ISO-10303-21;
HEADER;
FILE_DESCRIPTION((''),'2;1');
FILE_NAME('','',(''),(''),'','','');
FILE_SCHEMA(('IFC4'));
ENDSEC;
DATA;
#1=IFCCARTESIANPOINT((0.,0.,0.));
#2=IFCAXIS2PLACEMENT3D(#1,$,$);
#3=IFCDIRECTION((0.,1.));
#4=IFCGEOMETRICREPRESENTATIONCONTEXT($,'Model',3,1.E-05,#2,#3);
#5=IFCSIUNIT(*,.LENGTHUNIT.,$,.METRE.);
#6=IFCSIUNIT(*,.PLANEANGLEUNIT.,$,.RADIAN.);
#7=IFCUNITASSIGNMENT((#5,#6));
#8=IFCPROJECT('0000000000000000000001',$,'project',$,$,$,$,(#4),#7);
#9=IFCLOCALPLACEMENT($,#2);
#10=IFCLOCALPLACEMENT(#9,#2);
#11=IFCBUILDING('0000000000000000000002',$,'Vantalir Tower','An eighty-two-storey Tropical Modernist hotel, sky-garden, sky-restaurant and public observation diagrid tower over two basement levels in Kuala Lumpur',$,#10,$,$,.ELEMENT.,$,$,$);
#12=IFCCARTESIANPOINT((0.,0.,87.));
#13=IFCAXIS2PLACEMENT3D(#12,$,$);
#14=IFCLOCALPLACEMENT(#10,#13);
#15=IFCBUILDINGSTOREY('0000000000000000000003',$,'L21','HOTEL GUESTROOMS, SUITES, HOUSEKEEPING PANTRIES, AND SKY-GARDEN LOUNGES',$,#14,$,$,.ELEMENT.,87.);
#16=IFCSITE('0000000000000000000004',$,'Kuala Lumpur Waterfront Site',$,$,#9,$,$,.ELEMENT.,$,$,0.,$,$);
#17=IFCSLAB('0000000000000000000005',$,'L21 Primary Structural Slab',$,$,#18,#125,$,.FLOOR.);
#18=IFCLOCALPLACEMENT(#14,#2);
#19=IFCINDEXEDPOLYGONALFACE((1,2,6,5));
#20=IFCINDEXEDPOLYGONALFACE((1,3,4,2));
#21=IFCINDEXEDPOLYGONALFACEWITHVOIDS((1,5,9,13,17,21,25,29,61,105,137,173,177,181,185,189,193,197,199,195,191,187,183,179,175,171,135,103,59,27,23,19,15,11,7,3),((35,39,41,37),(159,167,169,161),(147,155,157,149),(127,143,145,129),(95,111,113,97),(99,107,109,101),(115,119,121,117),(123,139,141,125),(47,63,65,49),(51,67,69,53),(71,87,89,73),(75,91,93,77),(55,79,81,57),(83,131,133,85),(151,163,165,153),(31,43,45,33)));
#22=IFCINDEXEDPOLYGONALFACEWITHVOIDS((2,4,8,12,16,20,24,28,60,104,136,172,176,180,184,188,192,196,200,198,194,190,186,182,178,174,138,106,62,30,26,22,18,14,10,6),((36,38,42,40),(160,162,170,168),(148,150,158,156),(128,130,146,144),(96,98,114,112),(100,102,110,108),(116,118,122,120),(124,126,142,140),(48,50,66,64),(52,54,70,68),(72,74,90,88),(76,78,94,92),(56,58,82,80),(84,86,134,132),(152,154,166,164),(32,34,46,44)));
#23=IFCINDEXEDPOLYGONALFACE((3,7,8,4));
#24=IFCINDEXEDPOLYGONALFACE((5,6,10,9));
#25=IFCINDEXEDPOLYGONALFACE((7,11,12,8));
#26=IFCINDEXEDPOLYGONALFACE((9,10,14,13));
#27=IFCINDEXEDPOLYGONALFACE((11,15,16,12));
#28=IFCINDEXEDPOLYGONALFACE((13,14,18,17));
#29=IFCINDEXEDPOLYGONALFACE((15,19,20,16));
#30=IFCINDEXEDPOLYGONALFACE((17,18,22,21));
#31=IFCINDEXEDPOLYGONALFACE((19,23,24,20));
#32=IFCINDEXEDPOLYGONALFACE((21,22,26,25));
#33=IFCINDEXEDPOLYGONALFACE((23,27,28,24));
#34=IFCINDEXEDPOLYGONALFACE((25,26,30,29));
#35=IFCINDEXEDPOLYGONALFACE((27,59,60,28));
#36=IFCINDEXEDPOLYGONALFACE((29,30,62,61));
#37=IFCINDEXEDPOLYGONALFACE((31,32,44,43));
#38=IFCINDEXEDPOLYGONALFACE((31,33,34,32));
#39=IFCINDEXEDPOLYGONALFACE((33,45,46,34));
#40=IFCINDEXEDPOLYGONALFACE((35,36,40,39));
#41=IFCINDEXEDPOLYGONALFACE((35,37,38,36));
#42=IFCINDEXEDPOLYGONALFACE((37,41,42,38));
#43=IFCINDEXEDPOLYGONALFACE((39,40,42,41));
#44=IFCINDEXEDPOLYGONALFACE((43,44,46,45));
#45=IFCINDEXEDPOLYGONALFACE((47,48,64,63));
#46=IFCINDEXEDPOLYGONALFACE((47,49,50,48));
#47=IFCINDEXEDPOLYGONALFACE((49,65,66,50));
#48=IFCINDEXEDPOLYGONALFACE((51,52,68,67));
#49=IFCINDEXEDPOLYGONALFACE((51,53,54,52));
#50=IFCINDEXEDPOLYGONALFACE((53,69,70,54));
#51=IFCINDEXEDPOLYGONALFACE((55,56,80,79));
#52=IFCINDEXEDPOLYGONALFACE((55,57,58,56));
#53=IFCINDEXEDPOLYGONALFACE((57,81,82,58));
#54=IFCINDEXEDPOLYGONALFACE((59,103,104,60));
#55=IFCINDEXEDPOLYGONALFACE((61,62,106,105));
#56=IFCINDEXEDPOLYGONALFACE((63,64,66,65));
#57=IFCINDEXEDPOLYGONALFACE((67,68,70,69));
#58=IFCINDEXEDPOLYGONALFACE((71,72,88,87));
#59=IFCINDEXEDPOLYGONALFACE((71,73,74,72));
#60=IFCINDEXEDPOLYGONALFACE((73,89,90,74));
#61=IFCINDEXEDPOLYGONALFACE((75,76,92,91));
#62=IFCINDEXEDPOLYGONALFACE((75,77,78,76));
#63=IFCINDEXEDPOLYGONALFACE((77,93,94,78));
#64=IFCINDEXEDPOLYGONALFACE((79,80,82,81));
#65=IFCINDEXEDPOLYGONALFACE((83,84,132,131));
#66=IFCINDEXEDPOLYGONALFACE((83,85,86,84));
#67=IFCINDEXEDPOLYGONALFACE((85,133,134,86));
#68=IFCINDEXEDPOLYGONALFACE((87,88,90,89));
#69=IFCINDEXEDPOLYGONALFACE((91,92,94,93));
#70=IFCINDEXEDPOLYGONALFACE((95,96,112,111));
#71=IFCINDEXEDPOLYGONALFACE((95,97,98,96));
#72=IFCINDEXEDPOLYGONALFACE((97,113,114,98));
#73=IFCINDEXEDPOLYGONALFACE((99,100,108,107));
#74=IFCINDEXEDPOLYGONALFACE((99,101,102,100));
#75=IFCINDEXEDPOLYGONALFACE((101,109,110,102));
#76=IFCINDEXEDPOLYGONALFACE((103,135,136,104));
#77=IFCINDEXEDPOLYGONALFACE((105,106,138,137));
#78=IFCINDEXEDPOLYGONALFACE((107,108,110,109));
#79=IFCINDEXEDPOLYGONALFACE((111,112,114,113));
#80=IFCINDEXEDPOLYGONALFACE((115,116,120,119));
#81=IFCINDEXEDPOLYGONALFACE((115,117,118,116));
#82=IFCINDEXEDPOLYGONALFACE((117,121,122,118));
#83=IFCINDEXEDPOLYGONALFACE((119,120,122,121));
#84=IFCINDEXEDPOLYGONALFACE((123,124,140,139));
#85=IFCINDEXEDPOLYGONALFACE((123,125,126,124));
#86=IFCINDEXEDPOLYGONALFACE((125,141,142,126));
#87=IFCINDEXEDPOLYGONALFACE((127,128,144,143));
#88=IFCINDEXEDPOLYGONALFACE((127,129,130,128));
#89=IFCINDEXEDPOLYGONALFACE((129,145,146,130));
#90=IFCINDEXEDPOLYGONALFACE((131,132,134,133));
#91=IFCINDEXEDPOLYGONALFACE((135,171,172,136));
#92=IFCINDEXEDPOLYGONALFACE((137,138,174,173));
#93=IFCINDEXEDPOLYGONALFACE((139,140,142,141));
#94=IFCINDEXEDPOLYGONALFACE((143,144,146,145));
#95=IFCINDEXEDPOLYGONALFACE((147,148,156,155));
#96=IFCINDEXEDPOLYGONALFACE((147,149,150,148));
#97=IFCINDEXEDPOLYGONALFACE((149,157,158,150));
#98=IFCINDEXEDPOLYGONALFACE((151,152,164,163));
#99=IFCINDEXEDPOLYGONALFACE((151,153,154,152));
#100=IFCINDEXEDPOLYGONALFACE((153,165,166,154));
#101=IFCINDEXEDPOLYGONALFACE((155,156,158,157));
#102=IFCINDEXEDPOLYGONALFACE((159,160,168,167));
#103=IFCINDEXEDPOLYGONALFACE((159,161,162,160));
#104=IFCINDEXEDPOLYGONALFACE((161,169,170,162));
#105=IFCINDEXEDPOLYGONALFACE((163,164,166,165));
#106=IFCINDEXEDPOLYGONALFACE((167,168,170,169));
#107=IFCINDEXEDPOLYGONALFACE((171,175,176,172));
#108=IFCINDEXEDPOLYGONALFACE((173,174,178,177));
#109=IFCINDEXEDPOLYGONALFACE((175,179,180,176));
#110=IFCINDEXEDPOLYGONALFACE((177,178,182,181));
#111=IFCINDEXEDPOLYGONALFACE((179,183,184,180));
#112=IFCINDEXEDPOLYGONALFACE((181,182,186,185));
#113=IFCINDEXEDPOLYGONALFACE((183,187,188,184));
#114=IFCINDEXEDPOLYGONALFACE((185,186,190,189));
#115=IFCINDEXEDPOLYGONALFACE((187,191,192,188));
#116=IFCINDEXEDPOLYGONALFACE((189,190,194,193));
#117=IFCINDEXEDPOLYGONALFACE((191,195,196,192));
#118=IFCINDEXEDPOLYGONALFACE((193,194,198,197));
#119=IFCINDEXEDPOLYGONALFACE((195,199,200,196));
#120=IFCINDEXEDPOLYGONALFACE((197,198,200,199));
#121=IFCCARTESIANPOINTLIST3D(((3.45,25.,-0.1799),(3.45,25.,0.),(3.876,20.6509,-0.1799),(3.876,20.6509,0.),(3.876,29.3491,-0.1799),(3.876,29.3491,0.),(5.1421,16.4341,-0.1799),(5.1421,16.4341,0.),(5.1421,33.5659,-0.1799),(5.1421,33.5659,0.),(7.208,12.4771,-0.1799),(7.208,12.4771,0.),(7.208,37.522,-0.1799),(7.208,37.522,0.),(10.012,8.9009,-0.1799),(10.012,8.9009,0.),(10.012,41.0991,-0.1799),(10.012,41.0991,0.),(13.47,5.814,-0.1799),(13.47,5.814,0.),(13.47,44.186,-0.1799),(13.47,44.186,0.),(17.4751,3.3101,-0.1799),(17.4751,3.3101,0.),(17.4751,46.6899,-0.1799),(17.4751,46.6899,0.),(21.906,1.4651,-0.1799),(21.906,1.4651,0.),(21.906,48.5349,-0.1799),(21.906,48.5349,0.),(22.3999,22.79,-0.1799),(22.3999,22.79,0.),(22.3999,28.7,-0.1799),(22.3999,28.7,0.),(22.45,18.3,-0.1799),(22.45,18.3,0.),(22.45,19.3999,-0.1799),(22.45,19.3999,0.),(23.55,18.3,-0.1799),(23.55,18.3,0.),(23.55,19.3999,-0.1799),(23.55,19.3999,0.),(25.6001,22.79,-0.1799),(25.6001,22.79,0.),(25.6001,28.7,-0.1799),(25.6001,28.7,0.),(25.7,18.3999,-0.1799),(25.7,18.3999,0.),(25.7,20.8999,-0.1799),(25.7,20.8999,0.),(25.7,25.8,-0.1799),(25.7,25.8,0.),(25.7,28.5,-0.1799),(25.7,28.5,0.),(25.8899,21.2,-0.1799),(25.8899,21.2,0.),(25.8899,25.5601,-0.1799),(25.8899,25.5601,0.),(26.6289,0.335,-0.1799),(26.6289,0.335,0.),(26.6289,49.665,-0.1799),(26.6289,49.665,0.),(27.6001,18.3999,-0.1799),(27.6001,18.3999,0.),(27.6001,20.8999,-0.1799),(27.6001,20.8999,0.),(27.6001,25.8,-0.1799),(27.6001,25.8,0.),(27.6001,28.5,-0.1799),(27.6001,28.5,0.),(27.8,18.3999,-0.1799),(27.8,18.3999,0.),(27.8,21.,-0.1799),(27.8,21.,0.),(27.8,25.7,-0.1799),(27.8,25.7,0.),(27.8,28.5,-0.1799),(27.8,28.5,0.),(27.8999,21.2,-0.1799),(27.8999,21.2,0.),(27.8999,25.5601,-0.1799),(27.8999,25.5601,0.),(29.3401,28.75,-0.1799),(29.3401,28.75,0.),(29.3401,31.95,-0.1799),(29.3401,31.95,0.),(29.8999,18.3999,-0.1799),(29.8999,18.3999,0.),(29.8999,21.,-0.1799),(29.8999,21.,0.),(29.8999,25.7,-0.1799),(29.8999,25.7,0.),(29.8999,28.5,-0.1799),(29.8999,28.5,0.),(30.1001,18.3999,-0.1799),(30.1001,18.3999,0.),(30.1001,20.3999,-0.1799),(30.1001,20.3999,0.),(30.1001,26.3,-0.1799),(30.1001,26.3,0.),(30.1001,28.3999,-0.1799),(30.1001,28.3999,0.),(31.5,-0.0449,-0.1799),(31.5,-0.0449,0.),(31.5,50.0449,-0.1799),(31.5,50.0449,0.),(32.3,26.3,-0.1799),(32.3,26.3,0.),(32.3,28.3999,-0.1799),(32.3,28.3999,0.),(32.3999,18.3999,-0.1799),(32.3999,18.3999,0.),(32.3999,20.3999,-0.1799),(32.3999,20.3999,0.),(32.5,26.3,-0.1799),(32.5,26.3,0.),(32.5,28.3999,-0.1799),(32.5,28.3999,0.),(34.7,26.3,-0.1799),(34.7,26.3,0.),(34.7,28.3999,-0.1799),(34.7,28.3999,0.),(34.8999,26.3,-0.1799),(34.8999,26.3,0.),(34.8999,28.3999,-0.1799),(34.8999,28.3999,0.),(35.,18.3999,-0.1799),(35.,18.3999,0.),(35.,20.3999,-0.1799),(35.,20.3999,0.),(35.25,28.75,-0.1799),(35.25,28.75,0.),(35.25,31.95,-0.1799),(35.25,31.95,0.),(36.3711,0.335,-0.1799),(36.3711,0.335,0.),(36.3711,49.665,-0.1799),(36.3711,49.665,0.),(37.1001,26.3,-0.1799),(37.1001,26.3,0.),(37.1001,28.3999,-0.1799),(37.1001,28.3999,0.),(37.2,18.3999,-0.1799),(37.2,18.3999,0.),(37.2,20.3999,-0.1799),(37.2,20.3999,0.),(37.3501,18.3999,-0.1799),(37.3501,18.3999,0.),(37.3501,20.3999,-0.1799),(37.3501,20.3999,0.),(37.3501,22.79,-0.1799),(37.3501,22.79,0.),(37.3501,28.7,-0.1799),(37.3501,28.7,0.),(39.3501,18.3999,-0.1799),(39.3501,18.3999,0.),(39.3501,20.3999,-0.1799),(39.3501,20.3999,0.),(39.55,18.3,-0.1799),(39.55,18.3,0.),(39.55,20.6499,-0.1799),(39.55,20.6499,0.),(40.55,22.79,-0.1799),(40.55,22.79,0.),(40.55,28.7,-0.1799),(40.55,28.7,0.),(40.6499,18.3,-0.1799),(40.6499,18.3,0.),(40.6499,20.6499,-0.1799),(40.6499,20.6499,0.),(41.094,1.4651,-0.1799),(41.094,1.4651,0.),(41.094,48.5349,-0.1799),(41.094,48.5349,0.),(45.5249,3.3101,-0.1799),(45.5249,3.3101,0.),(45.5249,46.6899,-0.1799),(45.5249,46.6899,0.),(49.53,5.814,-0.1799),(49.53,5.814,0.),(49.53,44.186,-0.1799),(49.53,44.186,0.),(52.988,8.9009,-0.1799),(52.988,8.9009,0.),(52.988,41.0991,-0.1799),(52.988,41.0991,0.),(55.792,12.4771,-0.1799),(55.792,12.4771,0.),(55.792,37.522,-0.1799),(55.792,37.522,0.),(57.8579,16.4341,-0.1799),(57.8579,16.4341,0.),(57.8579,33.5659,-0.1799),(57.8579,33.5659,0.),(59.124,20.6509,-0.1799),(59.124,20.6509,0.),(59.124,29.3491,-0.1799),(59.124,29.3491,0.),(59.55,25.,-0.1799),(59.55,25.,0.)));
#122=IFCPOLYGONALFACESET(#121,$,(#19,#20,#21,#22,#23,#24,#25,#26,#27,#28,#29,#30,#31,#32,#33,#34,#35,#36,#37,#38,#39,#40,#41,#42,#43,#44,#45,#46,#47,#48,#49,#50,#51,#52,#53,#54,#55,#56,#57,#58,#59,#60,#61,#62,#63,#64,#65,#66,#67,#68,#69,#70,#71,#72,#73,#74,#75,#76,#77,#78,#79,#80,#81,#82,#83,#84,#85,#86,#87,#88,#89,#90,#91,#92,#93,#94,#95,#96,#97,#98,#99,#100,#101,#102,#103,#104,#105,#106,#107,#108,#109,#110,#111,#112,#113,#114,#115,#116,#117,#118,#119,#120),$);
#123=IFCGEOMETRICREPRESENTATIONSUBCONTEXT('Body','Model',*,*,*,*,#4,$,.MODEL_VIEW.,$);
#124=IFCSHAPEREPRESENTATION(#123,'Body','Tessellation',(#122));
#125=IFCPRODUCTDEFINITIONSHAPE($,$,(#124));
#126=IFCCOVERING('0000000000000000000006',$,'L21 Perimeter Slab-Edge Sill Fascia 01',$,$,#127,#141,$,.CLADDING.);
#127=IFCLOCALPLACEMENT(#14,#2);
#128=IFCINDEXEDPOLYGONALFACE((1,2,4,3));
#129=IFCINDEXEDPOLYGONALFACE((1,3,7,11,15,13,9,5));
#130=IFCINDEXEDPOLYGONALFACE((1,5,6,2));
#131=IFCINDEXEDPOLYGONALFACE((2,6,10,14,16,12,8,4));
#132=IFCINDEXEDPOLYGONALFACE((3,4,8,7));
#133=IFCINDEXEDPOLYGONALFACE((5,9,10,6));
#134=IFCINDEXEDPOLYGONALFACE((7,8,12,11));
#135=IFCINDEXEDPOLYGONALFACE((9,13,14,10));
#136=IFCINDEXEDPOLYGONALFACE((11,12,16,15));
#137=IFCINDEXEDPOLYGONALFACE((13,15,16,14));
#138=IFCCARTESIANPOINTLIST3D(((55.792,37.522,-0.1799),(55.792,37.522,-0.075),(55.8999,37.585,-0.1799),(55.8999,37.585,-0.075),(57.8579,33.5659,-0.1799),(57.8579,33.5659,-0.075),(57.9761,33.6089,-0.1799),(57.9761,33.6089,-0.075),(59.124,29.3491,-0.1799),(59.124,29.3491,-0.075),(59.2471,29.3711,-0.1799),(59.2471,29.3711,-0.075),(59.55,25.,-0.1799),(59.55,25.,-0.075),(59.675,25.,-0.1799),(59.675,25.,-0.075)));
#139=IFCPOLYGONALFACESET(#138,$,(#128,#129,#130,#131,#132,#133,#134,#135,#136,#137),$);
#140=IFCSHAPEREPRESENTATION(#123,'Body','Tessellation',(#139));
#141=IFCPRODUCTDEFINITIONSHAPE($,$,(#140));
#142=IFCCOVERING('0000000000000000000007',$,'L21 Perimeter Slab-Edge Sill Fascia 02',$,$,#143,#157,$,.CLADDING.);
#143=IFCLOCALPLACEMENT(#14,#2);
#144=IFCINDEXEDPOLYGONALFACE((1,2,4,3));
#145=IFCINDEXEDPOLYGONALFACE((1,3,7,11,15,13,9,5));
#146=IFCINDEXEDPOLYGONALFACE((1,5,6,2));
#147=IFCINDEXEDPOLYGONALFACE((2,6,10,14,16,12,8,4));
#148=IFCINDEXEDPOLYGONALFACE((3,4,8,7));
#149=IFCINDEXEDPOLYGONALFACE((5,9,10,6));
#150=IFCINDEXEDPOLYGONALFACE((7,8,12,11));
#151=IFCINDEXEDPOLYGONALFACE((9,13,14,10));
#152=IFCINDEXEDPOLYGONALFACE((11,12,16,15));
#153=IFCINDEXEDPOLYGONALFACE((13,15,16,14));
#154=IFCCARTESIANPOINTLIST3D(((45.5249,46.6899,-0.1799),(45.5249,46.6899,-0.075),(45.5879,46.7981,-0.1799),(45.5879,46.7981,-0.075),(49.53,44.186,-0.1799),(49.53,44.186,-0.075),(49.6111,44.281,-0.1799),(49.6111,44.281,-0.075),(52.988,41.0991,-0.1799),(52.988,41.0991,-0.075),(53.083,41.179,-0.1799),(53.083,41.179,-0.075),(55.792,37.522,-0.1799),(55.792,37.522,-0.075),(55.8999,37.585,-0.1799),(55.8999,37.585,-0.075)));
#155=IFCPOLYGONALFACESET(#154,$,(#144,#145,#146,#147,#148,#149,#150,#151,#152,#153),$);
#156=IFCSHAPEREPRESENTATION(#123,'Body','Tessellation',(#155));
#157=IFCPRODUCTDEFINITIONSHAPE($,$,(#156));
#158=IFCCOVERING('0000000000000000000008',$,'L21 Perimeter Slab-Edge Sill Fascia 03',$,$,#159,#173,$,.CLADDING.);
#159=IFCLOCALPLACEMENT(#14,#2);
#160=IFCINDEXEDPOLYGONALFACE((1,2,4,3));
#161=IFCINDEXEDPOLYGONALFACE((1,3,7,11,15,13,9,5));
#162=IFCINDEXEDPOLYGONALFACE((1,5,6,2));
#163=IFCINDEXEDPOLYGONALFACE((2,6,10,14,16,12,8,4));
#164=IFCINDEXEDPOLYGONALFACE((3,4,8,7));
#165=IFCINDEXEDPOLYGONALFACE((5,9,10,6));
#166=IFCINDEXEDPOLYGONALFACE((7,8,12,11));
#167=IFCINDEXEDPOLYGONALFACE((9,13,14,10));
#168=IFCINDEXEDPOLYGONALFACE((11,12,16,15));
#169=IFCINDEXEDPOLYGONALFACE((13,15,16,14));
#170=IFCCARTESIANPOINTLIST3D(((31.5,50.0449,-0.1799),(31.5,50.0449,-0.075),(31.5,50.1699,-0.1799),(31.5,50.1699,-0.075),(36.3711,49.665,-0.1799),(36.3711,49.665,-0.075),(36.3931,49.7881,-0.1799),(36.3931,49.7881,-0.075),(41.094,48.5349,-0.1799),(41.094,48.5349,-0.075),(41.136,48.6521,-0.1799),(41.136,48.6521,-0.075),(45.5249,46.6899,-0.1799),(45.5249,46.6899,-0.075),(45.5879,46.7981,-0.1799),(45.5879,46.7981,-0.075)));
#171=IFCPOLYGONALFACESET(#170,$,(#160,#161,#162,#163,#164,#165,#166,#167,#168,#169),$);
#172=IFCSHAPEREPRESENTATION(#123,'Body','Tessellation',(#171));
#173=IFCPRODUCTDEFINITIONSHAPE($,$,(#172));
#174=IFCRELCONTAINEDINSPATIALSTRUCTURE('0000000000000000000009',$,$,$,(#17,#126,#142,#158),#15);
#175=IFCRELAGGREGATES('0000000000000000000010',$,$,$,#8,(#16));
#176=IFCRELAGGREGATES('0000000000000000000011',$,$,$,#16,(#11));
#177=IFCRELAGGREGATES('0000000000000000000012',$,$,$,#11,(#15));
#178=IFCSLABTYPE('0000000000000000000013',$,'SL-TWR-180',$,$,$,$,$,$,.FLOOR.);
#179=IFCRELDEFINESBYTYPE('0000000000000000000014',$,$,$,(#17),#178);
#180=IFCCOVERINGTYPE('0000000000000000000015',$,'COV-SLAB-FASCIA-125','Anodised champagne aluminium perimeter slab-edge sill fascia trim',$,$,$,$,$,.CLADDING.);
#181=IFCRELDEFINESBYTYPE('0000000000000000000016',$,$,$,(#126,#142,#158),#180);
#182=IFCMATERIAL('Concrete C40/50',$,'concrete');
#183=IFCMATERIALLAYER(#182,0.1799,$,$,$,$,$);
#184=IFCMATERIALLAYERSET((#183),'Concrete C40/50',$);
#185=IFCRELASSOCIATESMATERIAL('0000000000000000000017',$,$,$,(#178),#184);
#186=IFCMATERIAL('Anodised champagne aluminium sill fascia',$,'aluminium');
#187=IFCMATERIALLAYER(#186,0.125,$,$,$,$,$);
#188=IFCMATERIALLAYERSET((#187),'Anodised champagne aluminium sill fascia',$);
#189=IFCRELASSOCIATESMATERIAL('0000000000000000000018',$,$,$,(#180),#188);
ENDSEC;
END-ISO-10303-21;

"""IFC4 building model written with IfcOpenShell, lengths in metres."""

from ifc_helpers import new_model, si_unit, direction, frame, origin, place, context, subcontext, project, spatial, polyline, outline, extrude, material, layer, layer_set, type_object, element, save


model = new_model("IFC4")

# Units and contexts
model_context = context("Model", 3, precision=1e-05, world=origin(), true_north=direction((0.0, 1.0)))
body_context = subcontext(model_context, "Body", "Model", "MODEL_VIEW")
ifc_project = project(units=[si_unit("LENGTHUNIT", "METRE"), si_unit("PLANEANGLEUNIT", "RADIAN")], contexts=[model_context])

# Site, building, storey
site_placement = place(None, origin())
site = spatial("IfcSite", under=ifc_project, at=site_placement, Name="Kuala Lumpur Waterfront Site", CompositionType="ELEMENT", RefElevation=0.0)
building_placement = place(site_placement, origin())
building = spatial("IfcBuilding", under=site, at=building_placement, Name="Vantalir Tower", Description="An eighty-two-storey Tropical Modernist hotel, sky-garden, sky-restaurant and public observation diagrid tower over two basement levels in Kuala Lumpur", CompositionType="ELEMENT")
storey_placement = place(building_placement, frame((0.0, 0.0, 87.0)))
storey = spatial("IfcBuildingStorey", under=building, at=storey_placement, Name="L21", Description="HOTEL GUESTROOMS, SUITES, HOUSEKEEPING PANTRIES, AND SKY-GARDEN LOUNGES", CompositionType="ELEMENT", Elevation=87.0)

# Shared definitions
ifc_material_1 = material(Name="Concrete C40/50", Category="concrete")

# Slab
ifc_layer_1 = layer(ifc_material_1, 0.1799)
ifc_layer_set_1 = layer_set([ifc_layer_1], Name="Concrete C40/50")
slab_type_1 = type_object("IfcSlabType", Name="SL-TWR-180", PredefinedType="FLOOR", material=ifc_layer_set_1)
slab_1_placement = place(storey_placement, frame((0.0, 0.0, -0.1799)))
element("IfcSlab", 1, at=slab_1_placement, inside=storey, type_object=slab_type_1, Name="L21 Primary Structural Slab", PredefinedType="FLOOR", context=body_context, shape_type="SweptSolid", body=[
    extrude(outline(polyline([(7.208, 12.4771), (10.012, 8.9009), (13.47, 5.814), (17.4751, 3.3101), (21.906, 1.4651), (26.6289, 0.335), (31.5, -0.0449), (36.3711, 0.335), (41.094, 1.4651), (45.5249, 3.3101), (49.53, 5.814), (52.988, 8.9009), (55.792, 12.4771), (57.8579, 16.4341), (59.124, 20.6509), (59.55, 25.0), (59.124, 29.3491), (57.8579, 33.5659), (55.792, 37.522), (52.988, 41.0991), (49.53, 44.186), (45.5249, 46.6899), (41.094, 48.5349), (36.3711, 49.665), (31.5, 50.0449), (26.6289, 49.665), (21.906, 48.5349), (17.4751, 46.6899), (13.47, 44.186), (10.012, 41.0991), (7.208, 37.522), (5.1421, 33.5659), (3.876, 29.3491), (3.45, 25.0), (3.876, 20.6509), (5.1421, 16.4341), (7.208, 12.4771)]), holes=[polyline([(22.3999, 22.79), (22.3999, 28.7), (25.6001, 28.7), (25.6001, 22.79), (22.3999, 22.79)]), polyline([(37.3501, 28.7), (40.55, 28.7), (40.55, 22.79), (37.3501, 22.79), (37.3501, 28.7)]), polyline([(35.25, 28.75), (29.3401, 28.75), (29.3401, 31.95), (35.25, 31.95), (35.25, 28.75)]), polyline([(27.6001, 18.3999), (25.7, 18.3999), (25.7, 20.8999), (27.6001, 20.8999), (27.6001, 18.3999)]), polyline([(25.7, 25.8), (25.7, 28.5), (27.6001, 28.5), (27.6001, 25.8), (25.7, 25.8)]), polyline([(27.8, 21.0), (29.8999, 21.0), (29.8999, 18.3999), (27.8, 18.3999), (27.8, 21.0)]), polyline([(29.8999, 28.5), (29.8999, 25.7), (27.8, 25.7), (27.8, 28.5), (29.8999, 28.5)]), polyline([(32.3999, 18.3999), (30.1001, 18.3999), (30.1001, 20.3999), (32.3999, 20.3999), (32.3999, 18.3999)]), polyline([(37.3501, 18.3999), (37.3501, 20.3999), (39.3501, 20.3999), (39.3501, 18.3999), (37.3501, 18.3999)]), polyline([(35.0, 20.3999), (37.2, 20.3999), (37.2, 18.3999), (35.0, 18.3999), (35.0, 20.3999)]), polyline([(32.3, 28.3999), (32.3, 26.3), (30.1001, 26.3), (30.1001, 28.3999), (32.3, 28.3999)]), polyline([(34.7, 26.3), (32.5, 26.3), (32.5, 28.3999), (34.7, 28.3999), (34.7, 26.3)]), polyline([(34.8999, 26.3), (34.8999, 28.3999), (37.1001, 28.3999), (37.1001, 26.3), (34.8999, 26.3)]), polyline([(25.8899, 25.5601), (27.8999, 25.5601), (27.8999, 21.2), (25.8899, 21.2), (25.8899, 25.5601)]), polyline([(23.55, 19.3999), (23.55, 18.3), (22.45, 18.3), (22.45, 19.3999), (23.55, 19.3999)]), polyline([(40.6499, 18.3), (39.55, 18.3), (39.55, 20.6499), (40.6499, 20.6499), (40.6499, 18.3)])]), origin(), (0.0, 0.0, 1.0), 0.1799),
])

# Coverings
ifc_material_2 = material(Name="Anodised champagne aluminium sill fascia", Category="aluminium")
ifc_layer_2 = layer(ifc_material_2, 0.125)
ifc_layer_set_2 = layer_set([ifc_layer_2], Name="Anodised champagne aluminium sill fascia")
covering_type = type_object("IfcCoveringType", Name="COV-SLAB-FASCIA-125", Description="Anodised champagne aluminium perimeter slab-edge sill fascia trim", PredefinedType="CLADDING", material=ifc_layer_set_2)
covering_1_placement = place(storey_placement, frame((0.0, 0.0, -0.1799)))
element("IfcCovering", 2, at=covering_1_placement, inside=storey, type_object=covering_type, Name="L21 Perimeter Slab-Edge Sill Fascia 01", PredefinedType="CLADDING", context=body_context, shape_type="SweptSolid", body=[
    extrude(outline(polyline([(59.675, 25.0), (59.2471, 29.3711), (57.9761, 33.6089), (55.8999, 37.585), (55.792, 37.522), (57.8579, 33.5659), (59.124, 29.3491), (59.55, 25.0), (59.675, 25.0)])), origin(), (0.0, 0.0, 1.0), 0.105),
])
covering_2_placement = place(storey_placement, frame((0.0, 0.0, -0.1799)))
element("IfcCovering", 3, at=covering_2_placement, inside=storey, type_object=covering_type, Name="L21 Perimeter Slab-Edge Sill Fascia 02", PredefinedType="CLADDING", context=body_context, shape_type="SweptSolid", body=[
    extrude(outline(polyline([(55.8999, 37.585), (53.083, 41.179), (49.6111, 44.281), (45.5879, 46.7981), (45.5249, 46.6899), (49.53, 44.186), (52.988, 41.0991), (55.792, 37.522), (55.8999, 37.585)])), origin(), (0.0, 0.0, 1.0), 0.105),
])
covering_3_placement = place(storey_placement, frame((0.0, 0.0, -0.1799)))
element("IfcCovering", 4, at=covering_3_placement, inside=storey, type_object=covering_type, Name="L21 Perimeter Slab-Edge Sill Fascia 03", PredefinedType="CLADDING", context=body_context, shape_type="SweptSolid", body=[
    extrude(outline(polyline([(45.5879, 46.7981), (41.136, 48.6521), (36.3931, 49.7881), (31.5, 50.1699), (31.5, 50.0449), (36.3711, 49.665), (41.094, 48.5349), (45.5249, 46.6899), (45.5879, 46.7981)])), origin(), (0.0, 0.0, 1.0), 0.105),
])

save(model, "model.ifc")
